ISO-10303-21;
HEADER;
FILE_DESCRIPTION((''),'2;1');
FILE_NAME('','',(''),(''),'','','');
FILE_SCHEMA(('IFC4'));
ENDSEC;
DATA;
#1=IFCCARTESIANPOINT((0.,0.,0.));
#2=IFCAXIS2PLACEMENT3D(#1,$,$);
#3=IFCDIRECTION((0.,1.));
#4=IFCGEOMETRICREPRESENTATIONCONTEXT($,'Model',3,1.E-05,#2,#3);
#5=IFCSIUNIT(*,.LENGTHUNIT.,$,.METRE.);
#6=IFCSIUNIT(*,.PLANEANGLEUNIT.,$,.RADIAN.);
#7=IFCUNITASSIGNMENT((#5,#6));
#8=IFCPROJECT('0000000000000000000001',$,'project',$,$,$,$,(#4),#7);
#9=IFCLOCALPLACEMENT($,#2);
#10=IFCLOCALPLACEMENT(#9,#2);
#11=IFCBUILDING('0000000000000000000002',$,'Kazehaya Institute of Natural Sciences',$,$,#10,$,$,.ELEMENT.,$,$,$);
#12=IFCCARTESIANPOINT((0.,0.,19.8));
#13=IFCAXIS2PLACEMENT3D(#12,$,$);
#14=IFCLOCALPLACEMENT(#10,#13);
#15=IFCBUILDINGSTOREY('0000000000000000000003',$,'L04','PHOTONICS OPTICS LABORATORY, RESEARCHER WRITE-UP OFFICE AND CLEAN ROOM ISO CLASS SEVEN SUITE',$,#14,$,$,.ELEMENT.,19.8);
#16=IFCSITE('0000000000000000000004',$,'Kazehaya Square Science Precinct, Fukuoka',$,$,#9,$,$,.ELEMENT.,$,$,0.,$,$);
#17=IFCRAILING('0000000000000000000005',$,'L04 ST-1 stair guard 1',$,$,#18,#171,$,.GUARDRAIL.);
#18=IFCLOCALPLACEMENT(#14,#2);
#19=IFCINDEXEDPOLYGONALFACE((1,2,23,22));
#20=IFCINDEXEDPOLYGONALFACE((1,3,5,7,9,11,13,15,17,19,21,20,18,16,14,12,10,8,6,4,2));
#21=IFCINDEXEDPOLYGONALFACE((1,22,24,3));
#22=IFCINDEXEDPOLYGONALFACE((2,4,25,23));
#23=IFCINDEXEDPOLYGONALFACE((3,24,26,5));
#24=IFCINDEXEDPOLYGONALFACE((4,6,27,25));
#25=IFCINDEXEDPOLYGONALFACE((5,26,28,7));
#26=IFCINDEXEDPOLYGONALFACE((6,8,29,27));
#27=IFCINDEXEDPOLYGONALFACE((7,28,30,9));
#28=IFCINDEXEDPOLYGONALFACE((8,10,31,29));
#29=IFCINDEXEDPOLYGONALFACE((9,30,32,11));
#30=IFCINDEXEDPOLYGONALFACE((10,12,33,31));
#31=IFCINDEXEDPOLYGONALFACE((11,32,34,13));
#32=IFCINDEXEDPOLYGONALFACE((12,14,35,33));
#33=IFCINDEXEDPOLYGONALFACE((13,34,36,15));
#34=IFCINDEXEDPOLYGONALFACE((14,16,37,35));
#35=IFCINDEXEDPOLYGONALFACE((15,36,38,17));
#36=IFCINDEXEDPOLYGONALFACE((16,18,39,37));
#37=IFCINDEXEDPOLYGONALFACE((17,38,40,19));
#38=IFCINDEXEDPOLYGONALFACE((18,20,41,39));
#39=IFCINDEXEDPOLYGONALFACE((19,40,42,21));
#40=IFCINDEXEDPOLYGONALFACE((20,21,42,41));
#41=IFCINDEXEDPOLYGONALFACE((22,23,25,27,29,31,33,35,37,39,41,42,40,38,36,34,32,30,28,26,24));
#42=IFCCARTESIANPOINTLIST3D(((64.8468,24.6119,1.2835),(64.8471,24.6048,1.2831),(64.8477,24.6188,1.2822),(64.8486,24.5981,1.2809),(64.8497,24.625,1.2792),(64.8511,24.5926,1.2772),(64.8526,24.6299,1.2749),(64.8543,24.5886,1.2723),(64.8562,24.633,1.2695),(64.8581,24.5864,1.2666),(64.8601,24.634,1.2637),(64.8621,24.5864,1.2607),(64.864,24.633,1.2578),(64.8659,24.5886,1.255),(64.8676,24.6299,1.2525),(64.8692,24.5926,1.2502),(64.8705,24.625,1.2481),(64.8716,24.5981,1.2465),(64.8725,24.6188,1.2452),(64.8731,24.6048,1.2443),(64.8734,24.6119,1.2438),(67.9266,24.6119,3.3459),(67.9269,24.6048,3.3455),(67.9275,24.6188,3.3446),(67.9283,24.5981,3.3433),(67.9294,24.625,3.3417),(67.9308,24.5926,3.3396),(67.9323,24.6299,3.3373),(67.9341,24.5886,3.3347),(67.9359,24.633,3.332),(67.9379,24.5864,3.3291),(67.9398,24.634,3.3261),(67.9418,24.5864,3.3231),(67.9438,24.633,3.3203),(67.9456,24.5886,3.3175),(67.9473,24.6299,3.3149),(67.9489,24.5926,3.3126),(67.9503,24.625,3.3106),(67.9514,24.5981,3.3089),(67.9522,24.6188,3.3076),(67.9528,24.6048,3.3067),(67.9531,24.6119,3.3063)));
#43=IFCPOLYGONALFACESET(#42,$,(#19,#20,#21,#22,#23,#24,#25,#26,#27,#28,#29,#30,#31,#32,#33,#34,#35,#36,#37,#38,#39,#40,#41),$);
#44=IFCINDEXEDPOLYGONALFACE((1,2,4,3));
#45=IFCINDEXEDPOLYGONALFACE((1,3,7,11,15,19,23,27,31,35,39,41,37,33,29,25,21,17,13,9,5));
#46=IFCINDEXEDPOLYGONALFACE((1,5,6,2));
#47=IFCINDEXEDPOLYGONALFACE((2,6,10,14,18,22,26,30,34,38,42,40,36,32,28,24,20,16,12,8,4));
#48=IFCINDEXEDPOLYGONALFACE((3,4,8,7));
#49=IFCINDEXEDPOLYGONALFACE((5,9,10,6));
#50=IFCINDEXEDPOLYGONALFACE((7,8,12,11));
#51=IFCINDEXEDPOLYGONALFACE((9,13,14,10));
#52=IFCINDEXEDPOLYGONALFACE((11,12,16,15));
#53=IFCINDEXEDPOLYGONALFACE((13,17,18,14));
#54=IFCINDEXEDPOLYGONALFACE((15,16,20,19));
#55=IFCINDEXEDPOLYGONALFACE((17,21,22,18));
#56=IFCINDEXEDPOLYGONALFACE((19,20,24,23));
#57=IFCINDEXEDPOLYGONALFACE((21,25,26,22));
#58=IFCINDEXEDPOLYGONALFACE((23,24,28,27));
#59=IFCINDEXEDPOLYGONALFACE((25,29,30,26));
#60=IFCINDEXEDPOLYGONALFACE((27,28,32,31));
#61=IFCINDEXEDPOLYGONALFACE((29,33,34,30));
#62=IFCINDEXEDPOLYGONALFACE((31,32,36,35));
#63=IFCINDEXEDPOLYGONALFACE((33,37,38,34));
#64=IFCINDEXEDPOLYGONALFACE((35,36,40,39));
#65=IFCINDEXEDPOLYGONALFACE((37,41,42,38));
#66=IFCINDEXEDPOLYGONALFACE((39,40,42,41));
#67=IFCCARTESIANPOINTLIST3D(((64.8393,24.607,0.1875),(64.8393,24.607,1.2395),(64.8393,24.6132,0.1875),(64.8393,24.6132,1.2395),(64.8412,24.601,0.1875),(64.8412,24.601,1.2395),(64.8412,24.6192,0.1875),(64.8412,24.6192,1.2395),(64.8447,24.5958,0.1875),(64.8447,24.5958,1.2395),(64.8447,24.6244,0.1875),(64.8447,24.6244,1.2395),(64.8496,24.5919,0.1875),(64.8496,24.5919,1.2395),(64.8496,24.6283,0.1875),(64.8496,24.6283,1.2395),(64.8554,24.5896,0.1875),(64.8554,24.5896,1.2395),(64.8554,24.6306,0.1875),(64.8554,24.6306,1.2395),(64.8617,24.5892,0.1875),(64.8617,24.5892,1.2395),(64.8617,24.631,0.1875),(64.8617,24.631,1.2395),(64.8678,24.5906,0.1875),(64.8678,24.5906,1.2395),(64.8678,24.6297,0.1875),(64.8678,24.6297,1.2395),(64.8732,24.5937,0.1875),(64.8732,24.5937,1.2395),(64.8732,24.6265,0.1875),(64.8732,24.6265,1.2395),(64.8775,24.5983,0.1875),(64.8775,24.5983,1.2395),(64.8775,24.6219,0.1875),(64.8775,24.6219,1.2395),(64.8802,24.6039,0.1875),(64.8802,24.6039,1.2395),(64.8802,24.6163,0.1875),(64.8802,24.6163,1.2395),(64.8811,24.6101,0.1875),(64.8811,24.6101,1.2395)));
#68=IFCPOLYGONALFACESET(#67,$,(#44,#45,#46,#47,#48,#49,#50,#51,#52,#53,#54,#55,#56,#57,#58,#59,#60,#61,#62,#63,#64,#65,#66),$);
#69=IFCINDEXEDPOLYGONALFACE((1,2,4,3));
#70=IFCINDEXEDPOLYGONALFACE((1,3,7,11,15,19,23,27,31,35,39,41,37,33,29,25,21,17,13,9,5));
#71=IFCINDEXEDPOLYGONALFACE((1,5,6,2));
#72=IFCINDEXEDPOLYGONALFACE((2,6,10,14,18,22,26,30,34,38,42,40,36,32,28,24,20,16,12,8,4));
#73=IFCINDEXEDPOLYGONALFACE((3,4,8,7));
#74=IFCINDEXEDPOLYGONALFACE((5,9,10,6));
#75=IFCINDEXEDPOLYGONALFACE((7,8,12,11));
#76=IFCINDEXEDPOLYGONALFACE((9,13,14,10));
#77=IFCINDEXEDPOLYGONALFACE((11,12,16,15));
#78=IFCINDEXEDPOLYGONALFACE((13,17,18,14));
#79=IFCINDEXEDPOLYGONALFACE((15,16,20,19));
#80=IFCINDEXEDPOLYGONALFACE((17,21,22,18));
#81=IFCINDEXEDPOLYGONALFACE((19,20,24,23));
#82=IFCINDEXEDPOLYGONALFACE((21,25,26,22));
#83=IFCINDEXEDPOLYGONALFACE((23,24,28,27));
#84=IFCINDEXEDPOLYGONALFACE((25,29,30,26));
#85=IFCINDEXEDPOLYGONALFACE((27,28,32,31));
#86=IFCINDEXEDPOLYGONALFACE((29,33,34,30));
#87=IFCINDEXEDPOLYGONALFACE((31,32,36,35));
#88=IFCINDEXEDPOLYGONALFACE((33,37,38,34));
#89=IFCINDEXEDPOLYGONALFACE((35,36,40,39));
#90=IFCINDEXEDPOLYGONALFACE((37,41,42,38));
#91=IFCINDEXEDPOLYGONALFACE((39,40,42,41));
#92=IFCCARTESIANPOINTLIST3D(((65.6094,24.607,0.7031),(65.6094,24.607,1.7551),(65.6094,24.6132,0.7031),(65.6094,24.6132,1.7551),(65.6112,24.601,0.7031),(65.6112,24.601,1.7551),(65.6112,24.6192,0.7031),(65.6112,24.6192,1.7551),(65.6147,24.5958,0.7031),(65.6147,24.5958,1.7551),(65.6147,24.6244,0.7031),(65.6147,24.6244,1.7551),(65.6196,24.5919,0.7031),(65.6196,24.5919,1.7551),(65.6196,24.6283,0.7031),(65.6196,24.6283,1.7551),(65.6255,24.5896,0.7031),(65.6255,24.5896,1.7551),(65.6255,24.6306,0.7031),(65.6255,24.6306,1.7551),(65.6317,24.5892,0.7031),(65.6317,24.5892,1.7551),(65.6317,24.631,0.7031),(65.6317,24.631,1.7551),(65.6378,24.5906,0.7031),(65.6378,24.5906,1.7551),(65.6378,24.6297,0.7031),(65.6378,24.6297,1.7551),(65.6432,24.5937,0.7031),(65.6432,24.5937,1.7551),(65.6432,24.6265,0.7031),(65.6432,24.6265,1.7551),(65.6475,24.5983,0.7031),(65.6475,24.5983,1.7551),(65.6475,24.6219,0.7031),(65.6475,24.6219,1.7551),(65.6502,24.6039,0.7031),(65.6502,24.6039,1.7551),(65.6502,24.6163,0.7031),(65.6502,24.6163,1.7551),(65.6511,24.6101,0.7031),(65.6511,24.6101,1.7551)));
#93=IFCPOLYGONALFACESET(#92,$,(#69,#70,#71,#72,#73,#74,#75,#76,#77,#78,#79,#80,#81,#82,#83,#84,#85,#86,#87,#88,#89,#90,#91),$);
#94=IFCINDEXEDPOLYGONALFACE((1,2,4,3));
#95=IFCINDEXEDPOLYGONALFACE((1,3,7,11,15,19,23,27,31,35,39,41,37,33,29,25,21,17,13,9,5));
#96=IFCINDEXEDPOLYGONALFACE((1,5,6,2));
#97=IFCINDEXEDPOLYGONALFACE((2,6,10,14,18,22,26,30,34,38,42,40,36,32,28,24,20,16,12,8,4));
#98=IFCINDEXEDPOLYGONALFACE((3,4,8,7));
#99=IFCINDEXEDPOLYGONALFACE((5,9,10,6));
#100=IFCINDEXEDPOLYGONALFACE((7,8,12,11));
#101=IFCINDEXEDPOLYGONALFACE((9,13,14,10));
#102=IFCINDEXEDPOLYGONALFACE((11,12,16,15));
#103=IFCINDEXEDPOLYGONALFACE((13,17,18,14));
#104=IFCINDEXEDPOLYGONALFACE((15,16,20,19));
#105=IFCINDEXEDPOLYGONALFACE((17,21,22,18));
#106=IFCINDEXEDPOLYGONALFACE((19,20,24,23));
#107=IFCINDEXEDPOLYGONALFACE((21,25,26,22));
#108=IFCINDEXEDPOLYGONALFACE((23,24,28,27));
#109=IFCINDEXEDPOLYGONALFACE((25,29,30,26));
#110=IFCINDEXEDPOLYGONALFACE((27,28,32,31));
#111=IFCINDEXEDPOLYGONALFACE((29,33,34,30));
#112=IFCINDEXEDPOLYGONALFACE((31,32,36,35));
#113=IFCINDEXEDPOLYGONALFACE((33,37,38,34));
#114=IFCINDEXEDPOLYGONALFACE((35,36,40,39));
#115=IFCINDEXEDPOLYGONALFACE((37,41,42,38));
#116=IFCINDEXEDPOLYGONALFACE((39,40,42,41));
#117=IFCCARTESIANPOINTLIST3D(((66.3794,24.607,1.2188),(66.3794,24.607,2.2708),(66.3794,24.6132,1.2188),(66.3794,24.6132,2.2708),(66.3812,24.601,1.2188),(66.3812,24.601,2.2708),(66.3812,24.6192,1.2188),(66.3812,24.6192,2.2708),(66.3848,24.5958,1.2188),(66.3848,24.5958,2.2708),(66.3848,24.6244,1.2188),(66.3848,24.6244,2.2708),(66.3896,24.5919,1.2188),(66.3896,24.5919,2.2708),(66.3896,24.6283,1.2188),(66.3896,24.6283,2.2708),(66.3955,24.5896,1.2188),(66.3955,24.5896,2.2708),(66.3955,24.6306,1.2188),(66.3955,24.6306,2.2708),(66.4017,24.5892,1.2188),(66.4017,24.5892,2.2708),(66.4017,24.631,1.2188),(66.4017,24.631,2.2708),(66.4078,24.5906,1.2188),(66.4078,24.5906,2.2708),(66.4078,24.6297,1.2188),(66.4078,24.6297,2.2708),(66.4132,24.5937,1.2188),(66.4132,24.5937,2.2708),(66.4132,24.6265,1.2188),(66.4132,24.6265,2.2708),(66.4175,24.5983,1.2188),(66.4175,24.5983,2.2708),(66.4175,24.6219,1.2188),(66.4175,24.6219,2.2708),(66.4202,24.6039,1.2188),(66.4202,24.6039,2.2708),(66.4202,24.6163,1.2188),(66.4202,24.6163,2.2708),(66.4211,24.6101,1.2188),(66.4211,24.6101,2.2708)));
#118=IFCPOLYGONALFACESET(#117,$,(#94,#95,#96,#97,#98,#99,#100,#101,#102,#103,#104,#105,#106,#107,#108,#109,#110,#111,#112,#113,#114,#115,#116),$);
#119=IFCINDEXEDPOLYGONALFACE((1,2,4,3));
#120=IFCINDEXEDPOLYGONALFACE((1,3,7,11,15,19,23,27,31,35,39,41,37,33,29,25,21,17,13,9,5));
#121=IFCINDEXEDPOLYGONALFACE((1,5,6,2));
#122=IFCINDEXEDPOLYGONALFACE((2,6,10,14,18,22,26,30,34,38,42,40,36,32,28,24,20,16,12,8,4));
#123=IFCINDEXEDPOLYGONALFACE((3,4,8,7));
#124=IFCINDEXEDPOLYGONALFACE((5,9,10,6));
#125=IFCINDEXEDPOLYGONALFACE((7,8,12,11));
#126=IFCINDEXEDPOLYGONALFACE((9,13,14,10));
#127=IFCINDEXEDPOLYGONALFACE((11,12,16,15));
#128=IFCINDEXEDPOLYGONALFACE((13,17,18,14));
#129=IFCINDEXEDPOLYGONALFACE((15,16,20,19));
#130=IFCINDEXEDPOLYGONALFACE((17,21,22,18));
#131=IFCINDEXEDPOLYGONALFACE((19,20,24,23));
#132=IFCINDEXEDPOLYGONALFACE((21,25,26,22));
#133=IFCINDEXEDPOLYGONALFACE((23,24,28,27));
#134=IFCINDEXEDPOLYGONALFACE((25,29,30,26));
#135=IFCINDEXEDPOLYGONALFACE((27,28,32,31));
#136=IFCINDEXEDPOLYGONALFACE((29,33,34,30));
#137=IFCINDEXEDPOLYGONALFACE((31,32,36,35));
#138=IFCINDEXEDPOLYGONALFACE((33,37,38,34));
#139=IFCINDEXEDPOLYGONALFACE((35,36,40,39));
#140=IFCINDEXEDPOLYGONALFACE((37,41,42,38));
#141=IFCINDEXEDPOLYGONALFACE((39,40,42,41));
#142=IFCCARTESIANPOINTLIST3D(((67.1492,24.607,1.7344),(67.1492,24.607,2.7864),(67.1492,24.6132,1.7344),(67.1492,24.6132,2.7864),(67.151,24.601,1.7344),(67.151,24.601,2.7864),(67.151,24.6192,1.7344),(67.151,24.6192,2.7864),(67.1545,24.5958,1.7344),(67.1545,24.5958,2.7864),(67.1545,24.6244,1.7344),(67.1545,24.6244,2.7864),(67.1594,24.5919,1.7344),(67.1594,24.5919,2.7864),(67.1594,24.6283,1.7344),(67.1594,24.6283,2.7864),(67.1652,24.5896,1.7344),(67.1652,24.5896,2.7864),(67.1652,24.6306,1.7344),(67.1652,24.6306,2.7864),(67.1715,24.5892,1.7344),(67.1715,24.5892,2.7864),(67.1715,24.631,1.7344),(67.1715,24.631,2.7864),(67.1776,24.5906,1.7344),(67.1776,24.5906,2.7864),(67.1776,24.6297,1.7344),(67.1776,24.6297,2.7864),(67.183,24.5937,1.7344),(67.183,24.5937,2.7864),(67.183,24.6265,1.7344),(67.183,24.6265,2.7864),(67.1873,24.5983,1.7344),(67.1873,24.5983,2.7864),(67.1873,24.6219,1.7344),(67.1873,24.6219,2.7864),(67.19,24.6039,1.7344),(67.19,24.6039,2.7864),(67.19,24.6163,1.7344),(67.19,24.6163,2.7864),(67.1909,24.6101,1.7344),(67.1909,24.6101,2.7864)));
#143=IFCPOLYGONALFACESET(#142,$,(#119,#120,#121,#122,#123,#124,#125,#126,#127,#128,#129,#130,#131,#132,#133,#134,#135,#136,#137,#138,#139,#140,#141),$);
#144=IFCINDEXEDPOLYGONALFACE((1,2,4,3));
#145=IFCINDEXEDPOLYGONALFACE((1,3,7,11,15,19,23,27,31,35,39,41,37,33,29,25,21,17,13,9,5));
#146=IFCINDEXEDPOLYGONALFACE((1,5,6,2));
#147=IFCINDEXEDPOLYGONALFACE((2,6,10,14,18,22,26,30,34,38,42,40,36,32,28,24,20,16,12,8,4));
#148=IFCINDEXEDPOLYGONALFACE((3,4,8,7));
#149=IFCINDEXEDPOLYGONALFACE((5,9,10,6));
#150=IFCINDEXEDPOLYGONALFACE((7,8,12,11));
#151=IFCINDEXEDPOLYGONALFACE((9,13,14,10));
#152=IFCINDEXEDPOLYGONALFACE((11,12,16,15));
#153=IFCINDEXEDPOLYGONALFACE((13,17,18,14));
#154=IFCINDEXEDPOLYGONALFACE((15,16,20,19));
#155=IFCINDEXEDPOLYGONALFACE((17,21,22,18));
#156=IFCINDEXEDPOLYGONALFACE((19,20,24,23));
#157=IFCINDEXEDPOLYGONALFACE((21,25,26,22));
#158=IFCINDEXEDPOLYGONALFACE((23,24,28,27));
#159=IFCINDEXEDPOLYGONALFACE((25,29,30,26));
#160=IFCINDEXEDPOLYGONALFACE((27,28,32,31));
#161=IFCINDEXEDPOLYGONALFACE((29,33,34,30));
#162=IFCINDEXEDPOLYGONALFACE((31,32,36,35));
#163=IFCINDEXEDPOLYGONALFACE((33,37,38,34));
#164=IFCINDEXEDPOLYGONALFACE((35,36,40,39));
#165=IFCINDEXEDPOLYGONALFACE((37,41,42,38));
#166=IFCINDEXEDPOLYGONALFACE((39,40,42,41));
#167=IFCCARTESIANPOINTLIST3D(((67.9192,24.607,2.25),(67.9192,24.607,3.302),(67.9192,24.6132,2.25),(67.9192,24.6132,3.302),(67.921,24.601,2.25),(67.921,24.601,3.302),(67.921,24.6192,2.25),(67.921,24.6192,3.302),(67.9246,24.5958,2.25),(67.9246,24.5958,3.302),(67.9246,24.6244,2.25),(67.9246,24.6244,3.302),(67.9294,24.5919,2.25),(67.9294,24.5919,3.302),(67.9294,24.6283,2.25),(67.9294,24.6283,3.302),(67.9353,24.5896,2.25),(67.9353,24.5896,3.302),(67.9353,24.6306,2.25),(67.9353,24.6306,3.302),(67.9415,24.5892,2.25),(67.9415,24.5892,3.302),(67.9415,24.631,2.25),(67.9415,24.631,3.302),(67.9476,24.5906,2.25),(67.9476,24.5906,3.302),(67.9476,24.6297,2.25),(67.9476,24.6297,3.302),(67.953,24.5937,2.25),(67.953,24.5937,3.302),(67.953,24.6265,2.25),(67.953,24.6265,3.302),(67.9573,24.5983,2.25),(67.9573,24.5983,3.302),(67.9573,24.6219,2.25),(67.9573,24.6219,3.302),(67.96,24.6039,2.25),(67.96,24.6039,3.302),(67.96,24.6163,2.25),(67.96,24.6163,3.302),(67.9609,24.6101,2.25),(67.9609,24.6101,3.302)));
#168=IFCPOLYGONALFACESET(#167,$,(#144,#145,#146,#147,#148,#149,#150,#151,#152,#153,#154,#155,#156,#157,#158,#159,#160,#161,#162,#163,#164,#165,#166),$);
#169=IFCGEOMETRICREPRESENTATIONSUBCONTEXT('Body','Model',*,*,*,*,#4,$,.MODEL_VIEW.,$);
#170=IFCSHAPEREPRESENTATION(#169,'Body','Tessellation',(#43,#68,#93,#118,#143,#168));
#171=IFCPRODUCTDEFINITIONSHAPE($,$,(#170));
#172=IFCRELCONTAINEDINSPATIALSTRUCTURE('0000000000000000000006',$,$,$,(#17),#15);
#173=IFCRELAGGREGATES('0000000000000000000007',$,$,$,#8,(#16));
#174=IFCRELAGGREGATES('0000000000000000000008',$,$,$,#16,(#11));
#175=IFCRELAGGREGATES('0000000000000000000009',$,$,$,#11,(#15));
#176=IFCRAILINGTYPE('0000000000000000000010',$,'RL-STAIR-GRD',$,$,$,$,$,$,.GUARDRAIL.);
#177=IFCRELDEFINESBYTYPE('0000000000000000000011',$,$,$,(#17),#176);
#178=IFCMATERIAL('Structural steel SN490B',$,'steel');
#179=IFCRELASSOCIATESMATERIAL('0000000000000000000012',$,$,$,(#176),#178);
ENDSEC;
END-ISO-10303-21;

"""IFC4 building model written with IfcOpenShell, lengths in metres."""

from ifc_helpers import new_model, si_unit, direction, frame, origin, origin_2d, place, context, subcontext, project, spatial, circle, extrude, material, type_object, element, save


model = new_model("IFC4")

# Units and contexts
model_context = context("Model", 3, precision=1e-05, world=origin(), true_north=direction((0.0, 1.0)))
body_context = subcontext(model_context, "Body", "Model", "MODEL_VIEW")
ifc_project = project(units=[si_unit("LENGTHUNIT", "METRE"), si_unit("PLANEANGLEUNIT", "RADIAN")], contexts=[model_context])

# Site, building, storey
site_placement = place(None, origin())
site = spatial("IfcSite", under=ifc_project, at=site_placement, Name="Kazehaya Square Science Precinct, Fukuoka", CompositionType="ELEMENT", RefElevation=0.0)
building_placement = place(site_placement, origin())
building = spatial("IfcBuilding", under=site, at=building_placement, Name="Kazehaya Institute of Natural Sciences", CompositionType="ELEMENT")
storey_placement = place(building_placement, frame((0.0, 0.0, 19.8)))
storey = spatial("IfcBuildingStorey", under=building, at=storey_placement, Name="L04", Description="PHOTONICS OPTICS LABORATORY, RESEARCHER WRITE-UP OFFICE AND CLEAN ROOM ISO CLASS SEVEN SUITE", CompositionType="ELEMENT", Elevation=19.8)

# Shared definitions
ifc_material_1 = material(Name="Structural steel SN490B", Category="steel")

# Railing
railing_type_1 = type_object("IfcRailingType", Name="RL-STAIR-GRD", PredefinedType="GUARDRAIL", material=ifc_material_1)
railing_1_placement = place(storey_placement, frame((64.8601, 24.6101, 0.1875)))
element("IfcRailing", 1, at=railing_1_placement, inside=storey, type_object=railing_type_1, Name="L04 ST-1 stair guard 1", PredefinedType="GUARDRAIL", context=body_context, shape_type="SweptSolid", body=[
    extrude(circle(Radius=0.0239, at=origin_2d()), frame((0.0, 0.0, 1.0762), z_axis=(0.830893, 0.0, 0.556432), x_axis=(0.0, 1.0, 0.0)), (0.0, 0.0, 1.0), 3.7065),
    extrude(circle(Radius=0.021, at=origin_2d()), origin(), (0.0, 0.0, 1.0), 1.052),
    extrude(circle(Radius=0.021, at=origin_2d()), frame((0.77, 0.0, 0.5156)), (0.0, 0.0, 1.0), 1.052),
    extrude(circle(Radius=0.021, at=origin_2d()), frame((1.54, 0.0, 1.0312)), (0.0, 0.0, 1.0), 1.052),
    extrude(circle(Radius=0.021, at=origin_2d()), frame((2.3098, 0.0, 1.5469)), (0.0, 0.0, 1.0), 1.052),
    extrude(circle(Radius=0.021, at=origin_2d()), frame((3.0798, 0.0, 2.0625)), (0.0, 0.0, 1.0), 1.052),
])

save(model, "model.ifc")
